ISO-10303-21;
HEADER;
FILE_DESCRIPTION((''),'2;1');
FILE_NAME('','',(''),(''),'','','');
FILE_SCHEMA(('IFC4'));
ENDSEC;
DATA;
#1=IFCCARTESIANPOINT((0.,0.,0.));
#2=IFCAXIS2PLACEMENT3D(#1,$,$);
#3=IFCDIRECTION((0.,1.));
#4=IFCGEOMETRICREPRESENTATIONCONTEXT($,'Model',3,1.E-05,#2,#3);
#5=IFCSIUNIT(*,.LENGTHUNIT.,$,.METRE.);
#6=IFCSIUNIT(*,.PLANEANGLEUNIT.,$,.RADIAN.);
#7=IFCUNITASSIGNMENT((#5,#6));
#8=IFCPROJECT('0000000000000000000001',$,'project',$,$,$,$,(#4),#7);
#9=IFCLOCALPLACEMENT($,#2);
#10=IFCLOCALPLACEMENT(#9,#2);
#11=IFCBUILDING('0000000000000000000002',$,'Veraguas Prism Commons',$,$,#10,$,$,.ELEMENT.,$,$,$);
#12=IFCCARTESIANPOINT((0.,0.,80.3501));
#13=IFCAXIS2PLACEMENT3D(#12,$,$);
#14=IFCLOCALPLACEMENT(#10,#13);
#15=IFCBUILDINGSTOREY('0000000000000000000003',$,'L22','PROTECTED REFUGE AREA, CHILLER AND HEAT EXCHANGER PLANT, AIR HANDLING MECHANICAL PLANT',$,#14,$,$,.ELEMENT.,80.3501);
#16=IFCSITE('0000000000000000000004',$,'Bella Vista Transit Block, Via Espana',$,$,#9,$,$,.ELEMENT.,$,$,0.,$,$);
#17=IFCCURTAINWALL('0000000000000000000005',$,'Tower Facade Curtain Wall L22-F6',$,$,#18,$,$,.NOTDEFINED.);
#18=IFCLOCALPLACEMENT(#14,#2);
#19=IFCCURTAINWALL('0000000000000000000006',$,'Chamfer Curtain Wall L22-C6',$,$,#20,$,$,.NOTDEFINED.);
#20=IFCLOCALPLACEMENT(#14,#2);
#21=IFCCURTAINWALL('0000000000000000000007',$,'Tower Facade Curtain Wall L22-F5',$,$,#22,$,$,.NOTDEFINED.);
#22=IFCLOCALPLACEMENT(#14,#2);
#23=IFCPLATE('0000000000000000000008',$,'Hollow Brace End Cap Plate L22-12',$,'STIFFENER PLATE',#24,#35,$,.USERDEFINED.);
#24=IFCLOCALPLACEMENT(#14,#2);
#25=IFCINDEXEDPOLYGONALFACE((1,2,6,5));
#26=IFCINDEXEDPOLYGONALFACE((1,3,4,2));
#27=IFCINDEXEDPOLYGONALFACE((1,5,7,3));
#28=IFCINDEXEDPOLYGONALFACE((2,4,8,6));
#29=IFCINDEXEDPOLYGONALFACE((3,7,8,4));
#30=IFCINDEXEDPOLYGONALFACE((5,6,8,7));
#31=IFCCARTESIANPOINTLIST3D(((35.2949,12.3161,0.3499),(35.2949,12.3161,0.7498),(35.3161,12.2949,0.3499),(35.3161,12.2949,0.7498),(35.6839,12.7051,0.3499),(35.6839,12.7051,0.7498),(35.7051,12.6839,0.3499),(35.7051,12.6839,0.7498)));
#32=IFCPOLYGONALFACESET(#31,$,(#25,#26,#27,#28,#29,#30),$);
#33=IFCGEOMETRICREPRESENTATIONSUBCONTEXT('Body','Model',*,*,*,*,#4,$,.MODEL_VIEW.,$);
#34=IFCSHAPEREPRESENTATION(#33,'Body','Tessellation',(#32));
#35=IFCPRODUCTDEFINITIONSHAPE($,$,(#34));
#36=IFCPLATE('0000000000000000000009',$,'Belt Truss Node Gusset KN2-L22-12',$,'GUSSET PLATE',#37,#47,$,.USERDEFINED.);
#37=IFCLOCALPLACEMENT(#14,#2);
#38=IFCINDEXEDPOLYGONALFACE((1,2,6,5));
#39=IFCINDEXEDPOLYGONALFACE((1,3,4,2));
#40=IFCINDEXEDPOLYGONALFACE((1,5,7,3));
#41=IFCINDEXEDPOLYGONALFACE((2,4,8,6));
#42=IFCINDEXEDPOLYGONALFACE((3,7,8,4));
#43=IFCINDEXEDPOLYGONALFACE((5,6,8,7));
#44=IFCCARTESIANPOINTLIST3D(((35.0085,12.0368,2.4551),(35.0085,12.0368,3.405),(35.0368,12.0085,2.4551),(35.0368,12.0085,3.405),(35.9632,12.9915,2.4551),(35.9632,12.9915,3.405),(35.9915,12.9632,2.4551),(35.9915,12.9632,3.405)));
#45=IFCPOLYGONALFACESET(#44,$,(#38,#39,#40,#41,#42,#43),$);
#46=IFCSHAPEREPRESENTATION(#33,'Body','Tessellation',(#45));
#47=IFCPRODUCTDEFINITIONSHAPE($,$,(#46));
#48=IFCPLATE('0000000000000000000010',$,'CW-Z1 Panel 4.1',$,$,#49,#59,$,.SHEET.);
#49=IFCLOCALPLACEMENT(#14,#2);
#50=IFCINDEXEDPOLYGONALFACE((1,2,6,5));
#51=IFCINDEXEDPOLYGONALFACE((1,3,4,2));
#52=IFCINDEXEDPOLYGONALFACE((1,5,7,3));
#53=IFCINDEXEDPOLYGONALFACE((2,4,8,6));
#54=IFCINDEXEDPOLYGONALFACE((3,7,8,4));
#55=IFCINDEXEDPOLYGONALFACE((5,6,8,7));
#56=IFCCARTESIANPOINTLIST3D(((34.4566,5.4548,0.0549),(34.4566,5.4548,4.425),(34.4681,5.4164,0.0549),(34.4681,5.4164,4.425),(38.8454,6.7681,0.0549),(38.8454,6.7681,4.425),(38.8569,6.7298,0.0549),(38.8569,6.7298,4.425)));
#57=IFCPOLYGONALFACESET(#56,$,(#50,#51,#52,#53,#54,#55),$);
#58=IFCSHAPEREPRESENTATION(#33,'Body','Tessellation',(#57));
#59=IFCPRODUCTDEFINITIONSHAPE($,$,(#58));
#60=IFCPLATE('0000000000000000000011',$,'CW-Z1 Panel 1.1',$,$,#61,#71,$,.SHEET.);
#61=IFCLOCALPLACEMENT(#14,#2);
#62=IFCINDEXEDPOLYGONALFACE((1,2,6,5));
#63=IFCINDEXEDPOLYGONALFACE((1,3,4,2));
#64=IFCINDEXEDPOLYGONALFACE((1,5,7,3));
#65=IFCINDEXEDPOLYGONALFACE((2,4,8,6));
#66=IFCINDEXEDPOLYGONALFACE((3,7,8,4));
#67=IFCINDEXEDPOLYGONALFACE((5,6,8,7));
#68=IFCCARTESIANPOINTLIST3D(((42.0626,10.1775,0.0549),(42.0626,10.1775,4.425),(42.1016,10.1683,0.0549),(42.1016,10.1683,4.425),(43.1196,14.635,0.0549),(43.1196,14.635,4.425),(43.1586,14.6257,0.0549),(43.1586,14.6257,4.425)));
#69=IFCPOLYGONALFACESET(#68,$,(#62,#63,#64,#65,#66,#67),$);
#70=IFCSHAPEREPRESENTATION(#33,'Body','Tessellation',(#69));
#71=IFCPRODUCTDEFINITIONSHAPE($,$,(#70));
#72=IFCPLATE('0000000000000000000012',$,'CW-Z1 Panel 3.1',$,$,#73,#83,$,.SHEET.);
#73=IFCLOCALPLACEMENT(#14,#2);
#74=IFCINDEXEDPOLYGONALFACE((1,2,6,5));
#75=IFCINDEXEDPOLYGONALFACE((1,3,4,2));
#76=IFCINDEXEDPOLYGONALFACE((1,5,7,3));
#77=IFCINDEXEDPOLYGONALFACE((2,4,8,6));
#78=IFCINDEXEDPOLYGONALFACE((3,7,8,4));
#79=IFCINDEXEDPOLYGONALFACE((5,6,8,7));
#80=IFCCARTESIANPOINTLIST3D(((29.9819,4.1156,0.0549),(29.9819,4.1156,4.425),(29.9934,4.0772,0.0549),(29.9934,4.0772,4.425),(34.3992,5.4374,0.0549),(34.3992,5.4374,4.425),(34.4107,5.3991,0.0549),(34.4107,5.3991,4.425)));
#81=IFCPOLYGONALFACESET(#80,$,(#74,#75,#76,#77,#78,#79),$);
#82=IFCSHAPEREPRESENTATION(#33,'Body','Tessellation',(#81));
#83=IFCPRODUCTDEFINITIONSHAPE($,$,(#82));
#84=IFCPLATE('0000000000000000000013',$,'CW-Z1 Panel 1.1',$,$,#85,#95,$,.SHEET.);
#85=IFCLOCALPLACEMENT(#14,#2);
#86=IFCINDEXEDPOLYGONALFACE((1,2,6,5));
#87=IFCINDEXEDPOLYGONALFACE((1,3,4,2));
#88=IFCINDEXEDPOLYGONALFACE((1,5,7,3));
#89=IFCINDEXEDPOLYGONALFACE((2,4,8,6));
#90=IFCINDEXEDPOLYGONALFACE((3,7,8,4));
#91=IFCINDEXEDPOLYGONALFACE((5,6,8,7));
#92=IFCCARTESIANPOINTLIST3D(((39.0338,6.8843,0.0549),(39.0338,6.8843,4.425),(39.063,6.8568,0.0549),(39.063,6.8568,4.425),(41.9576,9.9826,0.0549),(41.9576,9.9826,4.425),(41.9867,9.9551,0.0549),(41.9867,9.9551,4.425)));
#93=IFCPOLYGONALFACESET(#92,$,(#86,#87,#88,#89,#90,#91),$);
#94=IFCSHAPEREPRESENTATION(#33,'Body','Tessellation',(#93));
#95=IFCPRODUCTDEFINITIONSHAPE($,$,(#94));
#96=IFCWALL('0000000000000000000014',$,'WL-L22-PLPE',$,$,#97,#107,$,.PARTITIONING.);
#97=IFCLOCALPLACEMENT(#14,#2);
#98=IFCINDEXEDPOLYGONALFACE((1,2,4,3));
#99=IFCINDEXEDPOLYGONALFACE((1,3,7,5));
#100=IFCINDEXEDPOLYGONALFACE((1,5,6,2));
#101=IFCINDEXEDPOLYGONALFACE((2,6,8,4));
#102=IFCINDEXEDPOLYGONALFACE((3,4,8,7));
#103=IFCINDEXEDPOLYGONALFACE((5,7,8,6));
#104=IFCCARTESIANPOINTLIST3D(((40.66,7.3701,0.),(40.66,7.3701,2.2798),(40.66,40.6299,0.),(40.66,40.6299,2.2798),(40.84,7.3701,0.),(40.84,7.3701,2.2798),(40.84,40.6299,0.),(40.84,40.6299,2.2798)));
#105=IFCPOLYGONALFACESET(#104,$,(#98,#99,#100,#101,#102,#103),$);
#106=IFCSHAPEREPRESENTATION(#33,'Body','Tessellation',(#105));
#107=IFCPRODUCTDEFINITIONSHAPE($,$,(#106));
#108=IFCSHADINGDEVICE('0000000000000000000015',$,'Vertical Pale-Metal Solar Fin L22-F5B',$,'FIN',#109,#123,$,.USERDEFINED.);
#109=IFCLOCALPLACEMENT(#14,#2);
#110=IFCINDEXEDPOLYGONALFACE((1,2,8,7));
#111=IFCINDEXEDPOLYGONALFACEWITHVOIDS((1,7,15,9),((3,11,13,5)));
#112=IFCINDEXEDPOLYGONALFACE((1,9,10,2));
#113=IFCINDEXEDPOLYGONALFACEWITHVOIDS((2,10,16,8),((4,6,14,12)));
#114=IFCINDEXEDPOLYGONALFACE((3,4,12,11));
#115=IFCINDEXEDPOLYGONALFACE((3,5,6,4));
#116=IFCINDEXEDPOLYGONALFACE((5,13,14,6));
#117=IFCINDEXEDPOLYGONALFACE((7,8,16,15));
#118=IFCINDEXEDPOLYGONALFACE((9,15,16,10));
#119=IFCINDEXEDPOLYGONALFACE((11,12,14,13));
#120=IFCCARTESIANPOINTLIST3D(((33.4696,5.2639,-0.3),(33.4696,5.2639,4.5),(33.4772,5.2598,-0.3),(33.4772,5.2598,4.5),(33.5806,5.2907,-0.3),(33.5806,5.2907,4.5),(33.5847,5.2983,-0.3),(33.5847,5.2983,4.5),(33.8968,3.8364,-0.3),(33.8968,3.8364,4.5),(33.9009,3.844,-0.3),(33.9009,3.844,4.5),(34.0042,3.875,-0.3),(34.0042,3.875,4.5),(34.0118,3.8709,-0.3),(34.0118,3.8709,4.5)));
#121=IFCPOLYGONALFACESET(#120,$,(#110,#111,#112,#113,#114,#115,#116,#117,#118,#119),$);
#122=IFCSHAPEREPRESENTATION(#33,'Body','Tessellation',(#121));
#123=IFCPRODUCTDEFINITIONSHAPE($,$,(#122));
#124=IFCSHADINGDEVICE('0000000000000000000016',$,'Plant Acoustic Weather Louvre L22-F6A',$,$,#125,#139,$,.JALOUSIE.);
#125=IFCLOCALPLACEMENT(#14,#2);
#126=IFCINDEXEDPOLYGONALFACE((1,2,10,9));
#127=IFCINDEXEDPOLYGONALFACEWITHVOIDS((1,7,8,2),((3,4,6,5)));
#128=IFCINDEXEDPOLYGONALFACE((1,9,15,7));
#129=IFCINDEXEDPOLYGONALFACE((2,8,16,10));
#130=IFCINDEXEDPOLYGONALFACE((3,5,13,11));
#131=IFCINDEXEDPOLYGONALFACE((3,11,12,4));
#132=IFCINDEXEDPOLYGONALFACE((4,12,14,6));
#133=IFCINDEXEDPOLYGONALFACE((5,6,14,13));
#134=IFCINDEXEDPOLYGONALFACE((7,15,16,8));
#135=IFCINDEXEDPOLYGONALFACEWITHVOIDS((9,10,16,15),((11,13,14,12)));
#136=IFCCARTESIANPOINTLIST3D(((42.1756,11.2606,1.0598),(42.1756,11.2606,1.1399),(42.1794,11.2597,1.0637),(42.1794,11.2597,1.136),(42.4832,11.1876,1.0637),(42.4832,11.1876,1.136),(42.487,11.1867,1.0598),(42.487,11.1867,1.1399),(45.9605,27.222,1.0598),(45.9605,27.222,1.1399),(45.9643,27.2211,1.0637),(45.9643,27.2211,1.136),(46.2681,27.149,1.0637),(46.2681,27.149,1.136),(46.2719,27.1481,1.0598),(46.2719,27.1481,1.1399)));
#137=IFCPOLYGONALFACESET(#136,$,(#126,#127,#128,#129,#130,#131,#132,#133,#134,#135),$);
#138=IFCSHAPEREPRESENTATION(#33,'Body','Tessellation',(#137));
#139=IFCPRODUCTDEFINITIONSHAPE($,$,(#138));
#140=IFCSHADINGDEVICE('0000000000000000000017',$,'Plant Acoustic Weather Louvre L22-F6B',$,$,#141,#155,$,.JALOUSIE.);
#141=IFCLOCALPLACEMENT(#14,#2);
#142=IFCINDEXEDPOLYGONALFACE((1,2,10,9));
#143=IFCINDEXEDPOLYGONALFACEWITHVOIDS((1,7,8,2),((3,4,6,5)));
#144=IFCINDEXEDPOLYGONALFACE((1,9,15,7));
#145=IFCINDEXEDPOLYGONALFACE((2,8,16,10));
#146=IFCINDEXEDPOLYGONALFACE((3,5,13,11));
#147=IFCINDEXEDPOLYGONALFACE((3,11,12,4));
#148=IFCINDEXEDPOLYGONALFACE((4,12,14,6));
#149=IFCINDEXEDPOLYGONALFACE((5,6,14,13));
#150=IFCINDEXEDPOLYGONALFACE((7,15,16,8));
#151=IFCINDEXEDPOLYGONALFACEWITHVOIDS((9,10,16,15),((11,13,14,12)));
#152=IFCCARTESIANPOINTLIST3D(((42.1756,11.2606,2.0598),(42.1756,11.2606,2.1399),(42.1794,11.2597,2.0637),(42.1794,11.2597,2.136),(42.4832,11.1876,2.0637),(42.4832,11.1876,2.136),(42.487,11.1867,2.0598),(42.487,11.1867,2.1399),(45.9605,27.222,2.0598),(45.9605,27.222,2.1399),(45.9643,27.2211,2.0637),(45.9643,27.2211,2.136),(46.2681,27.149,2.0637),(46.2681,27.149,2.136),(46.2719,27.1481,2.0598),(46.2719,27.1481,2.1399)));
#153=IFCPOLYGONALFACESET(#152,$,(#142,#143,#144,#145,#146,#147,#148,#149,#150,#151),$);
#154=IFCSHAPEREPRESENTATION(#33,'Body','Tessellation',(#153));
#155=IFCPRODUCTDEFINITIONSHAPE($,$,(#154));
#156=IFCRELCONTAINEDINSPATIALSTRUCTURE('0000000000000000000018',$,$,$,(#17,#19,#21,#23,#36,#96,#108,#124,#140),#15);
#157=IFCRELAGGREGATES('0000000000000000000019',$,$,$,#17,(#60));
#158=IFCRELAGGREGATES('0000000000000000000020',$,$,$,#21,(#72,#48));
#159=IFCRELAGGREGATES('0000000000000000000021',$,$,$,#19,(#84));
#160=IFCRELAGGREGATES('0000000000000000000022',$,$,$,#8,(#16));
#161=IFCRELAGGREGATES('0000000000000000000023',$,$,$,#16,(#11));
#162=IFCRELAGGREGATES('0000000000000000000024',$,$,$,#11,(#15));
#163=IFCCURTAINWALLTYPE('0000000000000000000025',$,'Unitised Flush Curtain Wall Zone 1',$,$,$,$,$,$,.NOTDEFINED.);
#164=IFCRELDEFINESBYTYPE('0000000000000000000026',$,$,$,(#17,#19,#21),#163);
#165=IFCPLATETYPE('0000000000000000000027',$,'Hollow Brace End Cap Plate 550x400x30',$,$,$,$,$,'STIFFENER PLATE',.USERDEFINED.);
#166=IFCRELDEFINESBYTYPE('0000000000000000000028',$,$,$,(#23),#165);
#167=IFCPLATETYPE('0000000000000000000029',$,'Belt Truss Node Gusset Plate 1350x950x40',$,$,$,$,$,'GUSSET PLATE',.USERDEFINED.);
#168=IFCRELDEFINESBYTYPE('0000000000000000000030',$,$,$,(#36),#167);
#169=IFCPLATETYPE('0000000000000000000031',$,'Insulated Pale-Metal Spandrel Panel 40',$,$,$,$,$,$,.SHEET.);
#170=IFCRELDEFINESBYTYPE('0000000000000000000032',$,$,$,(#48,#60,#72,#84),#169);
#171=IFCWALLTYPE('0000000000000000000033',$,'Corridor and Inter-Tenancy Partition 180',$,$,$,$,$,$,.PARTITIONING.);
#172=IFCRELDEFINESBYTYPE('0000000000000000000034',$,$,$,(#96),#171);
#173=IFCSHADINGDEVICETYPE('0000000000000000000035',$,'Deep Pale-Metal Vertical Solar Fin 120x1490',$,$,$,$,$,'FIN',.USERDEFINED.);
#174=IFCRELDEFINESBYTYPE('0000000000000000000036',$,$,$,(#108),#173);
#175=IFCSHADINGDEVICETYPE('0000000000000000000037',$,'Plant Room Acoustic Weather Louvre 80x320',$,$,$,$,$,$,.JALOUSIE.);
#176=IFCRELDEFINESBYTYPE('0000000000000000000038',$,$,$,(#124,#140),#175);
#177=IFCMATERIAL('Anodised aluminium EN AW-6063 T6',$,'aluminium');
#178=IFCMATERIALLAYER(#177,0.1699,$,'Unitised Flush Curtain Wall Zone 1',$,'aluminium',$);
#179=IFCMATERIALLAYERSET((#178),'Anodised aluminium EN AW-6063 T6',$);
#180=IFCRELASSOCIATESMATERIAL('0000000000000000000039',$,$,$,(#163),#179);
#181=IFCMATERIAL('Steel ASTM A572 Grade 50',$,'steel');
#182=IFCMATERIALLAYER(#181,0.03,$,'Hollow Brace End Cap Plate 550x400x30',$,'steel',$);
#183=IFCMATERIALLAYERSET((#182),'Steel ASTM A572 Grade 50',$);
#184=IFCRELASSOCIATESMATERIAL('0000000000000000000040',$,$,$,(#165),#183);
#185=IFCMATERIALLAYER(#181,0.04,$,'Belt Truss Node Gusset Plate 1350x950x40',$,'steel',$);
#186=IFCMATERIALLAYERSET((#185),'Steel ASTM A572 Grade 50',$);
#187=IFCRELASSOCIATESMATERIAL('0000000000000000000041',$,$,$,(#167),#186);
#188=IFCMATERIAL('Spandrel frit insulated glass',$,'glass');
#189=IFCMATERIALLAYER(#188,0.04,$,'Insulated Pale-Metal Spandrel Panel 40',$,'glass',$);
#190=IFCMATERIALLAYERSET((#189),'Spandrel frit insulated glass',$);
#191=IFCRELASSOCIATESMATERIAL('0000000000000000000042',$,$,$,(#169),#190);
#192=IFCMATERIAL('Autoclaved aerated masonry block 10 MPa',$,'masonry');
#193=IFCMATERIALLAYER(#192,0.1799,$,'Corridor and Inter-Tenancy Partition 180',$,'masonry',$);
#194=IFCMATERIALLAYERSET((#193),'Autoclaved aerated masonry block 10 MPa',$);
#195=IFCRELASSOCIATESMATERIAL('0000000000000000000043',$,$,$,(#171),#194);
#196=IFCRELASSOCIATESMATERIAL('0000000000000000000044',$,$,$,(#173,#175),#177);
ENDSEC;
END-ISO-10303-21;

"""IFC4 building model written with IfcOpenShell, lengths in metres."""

from ifc_helpers import new_model, si_unit, direction, frame, frame_2d, origin, origin_2d, place, context, subcontext, project, spatial, rectangle, hollow_rectangle, extrude, source, transform, mapped, material, layer, layer_set, material_profile, profile_set, type_object, element, aggregate, save


model = new_model("IFC4")

# Units and contexts
model_context = context("Model", 3, precision=1e-05, world=origin(), true_north=direction((0.0, 1.0)))
body_context = subcontext(model_context, "Body", "Model", "MODEL_VIEW")
ifc_project = project(units=[si_unit("LENGTHUNIT", "METRE"), si_unit("PLANEANGLEUNIT", "RADIAN")], contexts=[model_context])

# Site, building, storey
site_placement = place(None, origin())
site = spatial("IfcSite", under=ifc_project, at=site_placement, Name="Bella Vista Transit Block, Via Espana", CompositionType="ELEMENT", RefElevation=0.0)
building_placement = place(site_placement, origin())
building = spatial("IfcBuilding", under=site, at=building_placement, Name="Veraguas Prism Commons", CompositionType="ELEMENT")
storey_placement = place(building_placement, frame((0.0, 0.0, 80.3501)))
storey = spatial("IfcBuildingStorey", under=building, at=storey_placement, Name="L22", Description="PROTECTED REFUGE AREA, CHILLER AND HEAT EXCHANGER PLANT, AIR HANDLING MECHANICAL PLANT", CompositionType="ELEMENT", Elevation=80.3501)

# Curtain walls
ifc_material_1 = material(Name="Anodised aluminium EN AW-6063 T6", Category="aluminium")
ifc_layer_1 = layer(ifc_material_1, 0.1699, Name="Unitised Flush Curtain Wall Zone 1", Category="aluminium")
ifc_layer_set_1 = layer_set([ifc_layer_1], Name="Anodised aluminium EN AW-6063 T6")
curtain_wall_type = type_object("IfcCurtainWallType", Name="Unitised Flush Curtain Wall Zone 1", PredefinedType="NOTDEFINED", material=ifc_layer_set_1)
curtain_wall_1_placement = place(storey_placement, origin())
curtain_wall_1 = element("IfcCurtainWall", 1, at=curtain_wall_1_placement, inside=storey, type_object=curtain_wall_type, Name="Tower Facade Curtain Wall L22-F6", PredefinedType="NOTDEFINED")
curtain_wall_2_placement = place(storey_placement, origin())
curtain_wall_2 = element("IfcCurtainWall", 2, at=curtain_wall_2_placement, inside=storey, type_object=curtain_wall_type, Name="Chamfer Curtain Wall L22-C6", PredefinedType="NOTDEFINED")
curtain_wall_3_placement = place(storey_placement, origin())
curtain_wall_3 = element("IfcCurtainWall", 3, at=curtain_wall_3_placement, inside=storey, type_object=curtain_wall_type, Name="Tower Facade Curtain Wall L22-F5", PredefinedType="NOTDEFINED")

# Plates
ifc_material_2 = material(Name="Steel ASTM A572 Grade 50", Category="steel")
ifc_layer_2 = layer(ifc_material_2, 0.03, Name="Hollow Brace End Cap Plate 550x400x30", Category="steel")
ifc_layer_set_2 = layer_set([ifc_layer_2], Name="Steel ASTM A572 Grade 50")
plate_type_1 = type_object("IfcPlateType", Name="Hollow Brace End Cap Plate 550x400x30", ElementType="STIFFENER PLATE", PredefinedType="USERDEFINED", material=ifc_layer_set_2)
shared_shape_1 = source(origin(), body_context, "Body", "SweptSolid", [
    extrude(rectangle(XDim=0.55, YDim=0.03, at=origin_2d()), origin(), (0.0, 0.0, 1.0), 0.3999),
])
plate_1_placement = place(storey_placement, frame((35.5, 12.5, 0.3499), z_axis=(0.0, 0.0, 1.0), x_axis=(0.707107, 0.707107, 0.0)))
element("IfcPlate", 4, at=plate_1_placement, inside=storey, type_object=plate_type_1, Name="Hollow Brace End Cap Plate L22-12", ObjectType="STIFFENER PLATE", PredefinedType="USERDEFINED", context=body_context, shape_type="MappedRepresentation", body=[
    mapped(shared_shape_1, transform((0.0, 0.0, 0.0), scale=1.0)),
])
ifc_layer_3 = layer(ifc_material_2, 0.04, Name="Belt Truss Node Gusset Plate 1350x950x40", Category="steel")
ifc_layer_set_3 = layer_set([ifc_layer_3], Name="Steel ASTM A572 Grade 50")
plate_type_2 = type_object("IfcPlateType", Name="Belt Truss Node Gusset Plate 1350x950x40", ElementType="GUSSET PLATE", PredefinedType="USERDEFINED", material=ifc_layer_set_3)
shared_shape_2 = source(origin(), body_context, "Body", "SweptSolid", [
    extrude(rectangle(XDim=1.3501, YDim=0.04, at=origin_2d()), origin(), (0.0, 0.0, 1.0), 0.95),
])
plate_2_placement = place(storey_placement, frame((35.5, 12.5, 2.4551), z_axis=(0.0, 0.0, 1.0), x_axis=(0.707107, 0.707107, 0.0)))
element("IfcPlate", 5, at=plate_2_placement, inside=storey, type_object=plate_type_2, Name="Belt Truss Node Gusset KN2-L22-12", ObjectType="GUSSET PLATE", PredefinedType="USERDEFINED", context=body_context, shape_type="MappedRepresentation", body=[
    mapped(shared_shape_2, transform((0.0, 0.0, 0.0), scale=1.0)),
])

# Plates
ifc_material_3 = material(Name="Spandrel frit insulated glass", Category="glass")
ifc_layer_4 = layer(ifc_material_3, 0.04, Name="Insulated Pale-Metal Spandrel Panel 40", Category="glass")
ifc_layer_set_4 = layer_set([ifc_layer_4], Name="Spandrel frit insulated glass")
plate_type_3 = type_object("IfcPlateType", Name="Insulated Pale-Metal Spandrel Panel 40", PredefinedType="SHEET", material=ifc_layer_set_4)
shared_shape_3 = source(origin(), body_context, "Body", "SweptSolid", [
    extrude(rectangle(XDim=4.5811, YDim=0.04, at=origin_2d()), origin(), (0.0, 0.0, 1.0), 4.3701),
])
plate_3_placement = place(storey_placement, frame((36.6567, 6.0923, 0.0549), z_axis=(0.0, 0.0, 1.0), x_axis=(0.958023, 0.286692, 0.0)))
plate_3 = element("IfcPlate", 6, at=plate_3_placement, type_object=plate_type_3, Name="CW-Z1 Panel 4.1", PredefinedType="SHEET", context=body_context, shape_type="MappedRepresentation", body=[
    mapped(shared_shape_3, transform((0.0, 0.0, 0.0), scale=1.0)),
])
plate_4_placement = place(storey_placement, frame((42.6106, 12.4016, 0.0549), z_axis=(0.0, 0.0, 1.0), x_axis=(0.230734, 0.973017, 0.0)))
plate_4 = element("IfcPlate", 7, at=plate_4_placement, type_object=plate_type_3, Name="CW-Z1 Panel 1.1", PredefinedType="SHEET", context=body_context, shape_type="MappedRepresentation", body=[
    mapped(shared_shape_3, transform((0.0, 0.0, 0.0), scale=1.0)),
])
aggregate(curtain_wall_1, [plate_4])
shared_shape_4 = source(origin(), body_context, "Body", "SweptSolid", [
    extrude(rectangle(XDim=4.6108, YDim=0.04, at=origin_2d()), origin(), (0.0, 0.0, 1.0), 4.3701),
])
plate_5_placement = place(storey_placement, frame((32.1963, 4.7573, 0.0549), z_axis=(0.0, 0.0, 1.0), x_axis=(0.958023, 0.286692, 0.0)))
plate_5 = element("IfcPlate", 8, at=plate_5_placement, type_object=plate_type_3, Name="CW-Z1 Panel 3.1", PredefinedType="SHEET", context=body_context, shape_type="MappedRepresentation", body=[
    mapped(shared_shape_4, transform((0.0, 0.0, 0.0), scale=1.0)),
])
aggregate(curtain_wall_3, [plate_5, plate_3])
shared_shape_5 = source(origin(), body_context, "Body", "SweptSolid", [
    extrude(rectangle(XDim=4.26, YDim=0.04, at=origin_2d()), origin(), (0.0, 0.0, 1.0), 4.3701),
])
plate_6_placement = place(storey_placement, frame((40.5103, 8.4197, 0.0549), z_axis=(0.0, 0.0, 1.0), x_axis=(0.686319, 0.727301, 0.0)))
plate_6 = element("IfcPlate", 9, at=plate_6_placement, type_object=plate_type_3, Name="CW-Z1 Panel 1.1", PredefinedType="SHEET", context=body_context, shape_type="MappedRepresentation", body=[
    mapped(shared_shape_5, transform((0.0, 0.0, 0.0), scale=1.0)),
])
aggregate(curtain_wall_2, [plate_6])

# Wall
ifc_material_4 = material(Name="Autoclaved aerated masonry block 10 MPa", Category="masonry")
ifc_layer_5 = layer(ifc_material_4, 0.1799, Name="Corridor and Inter-Tenancy Partition 180", Category="masonry")
ifc_layer_set_5 = layer_set([ifc_layer_5], Name="Autoclaved aerated masonry block 10 MPa")
wall_type = type_object("IfcWallType", Name="Corridor and Inter-Tenancy Partition 180", PredefinedType="PARTITIONING", material=ifc_layer_set_5)
wall_placement = place(storey_placement, frame((40.75, 7.3701, 0.0), z_axis=(0.0, 0.0, 1.0), x_axis=(0.0, 1.0, 0.0)))
element("IfcWall", 10, at=wall_placement, inside=storey, type_object=wall_type, Name="WL-L22-PLPE", PredefinedType="PARTITIONING", context=body_context, shape_type="SweptSolid", body=[
    extrude(rectangle(XDim=33.2598, YDim=0.1799, at=frame_2d((16.6299, 0.0))), origin(), (0.0, 0.0, 1.0), 2.2798),
])

# Shading devices
ifc_material_profile_1 = material_profile(ifc_material_1, hollow_rectangle(XDim=0.1201, YDim=1.49, WallThickness=0.0061, at=origin_2d()), Name="FIN120X1490X6")
ifc_profile_set_1 = profile_set([ifc_material_profile_1], Name="Anodised aluminium EN AW-6063 T6")
shading_device_type_1 = type_object("IfcShadingDeviceType", Name="Deep Pale-Metal Vertical Solar Fin 120x1490", ElementType="FIN", PredefinedType="USERDEFINED", material=ifc_profile_set_1)
shading_device_placement = place(storey_placement, frame((33.7407, 4.5674, -0.3), z_axis=(0.0, 0.0, 1.0), x_axis=(0.958023, 0.286692, 0.0)))
element("IfcShadingDevice", 11, at=shading_device_placement, inside=storey, type_object=shading_device_type_1, Name="Vertical Pale-Metal Solar Fin L22-F5B", ObjectType="FIN", PredefinedType="USERDEFINED", context=body_context, shape_type="SweptSolid", body=[
    extrude(hollow_rectangle(XDim=0.1201, YDim=1.49, WallThickness=0.0061, at=origin_2d()), origin(), (0.0, 0.0, 1.0), 4.8),
])
ifc_material_profile_2 = material_profile(ifc_material_1, hollow_rectangle(XDim=0.0801, YDim=0.3201, WallThickness=0.0039, at=origin_2d()), Name="LVR80X320X4")
ifc_profile_set_2 = profile_set([ifc_material_profile_2], Name="Anodised aluminium EN AW-6063 T6")
shading_device_type_2 = type_object("IfcShadingDeviceType", Name="Plant Room Acoustic Weather Louvre 80x320", PredefinedType="JALOUSIE", material=ifc_profile_set_2)
for number, where, z_axis, x_axis, name in (
    (12, (42.3313, 11.2236, 1.0999), (0.23073, 0.973018, 0.0), (0.0, 0.0, 1.0), "Plant Acoustic Weather Louvre L22-F6A"),
    (13, (42.3313, 11.2236, 2.0999), (0.23073, 0.973018, 0.0), (0.0, 0.0, 1.0), "Plant Acoustic Weather Louvre L22-F6B"),
):
    element("IfcShadingDevice", number, at=place(storey_placement, frame(where, z_axis=z_axis, x_axis=x_axis)), inside=storey, type_object=shading_device_type_2, Name=name, PredefinedType="JALOUSIE", context=body_context, shape_type="SweptSolid", body=[
        extrude(hollow_rectangle(XDim=0.0801, YDim=0.3201, WallThickness=0.0039, at=origin_2d()), origin(), (0.0, 0.0, 1.0), 16.4041),
    ])

save(model, "model.ifc")
